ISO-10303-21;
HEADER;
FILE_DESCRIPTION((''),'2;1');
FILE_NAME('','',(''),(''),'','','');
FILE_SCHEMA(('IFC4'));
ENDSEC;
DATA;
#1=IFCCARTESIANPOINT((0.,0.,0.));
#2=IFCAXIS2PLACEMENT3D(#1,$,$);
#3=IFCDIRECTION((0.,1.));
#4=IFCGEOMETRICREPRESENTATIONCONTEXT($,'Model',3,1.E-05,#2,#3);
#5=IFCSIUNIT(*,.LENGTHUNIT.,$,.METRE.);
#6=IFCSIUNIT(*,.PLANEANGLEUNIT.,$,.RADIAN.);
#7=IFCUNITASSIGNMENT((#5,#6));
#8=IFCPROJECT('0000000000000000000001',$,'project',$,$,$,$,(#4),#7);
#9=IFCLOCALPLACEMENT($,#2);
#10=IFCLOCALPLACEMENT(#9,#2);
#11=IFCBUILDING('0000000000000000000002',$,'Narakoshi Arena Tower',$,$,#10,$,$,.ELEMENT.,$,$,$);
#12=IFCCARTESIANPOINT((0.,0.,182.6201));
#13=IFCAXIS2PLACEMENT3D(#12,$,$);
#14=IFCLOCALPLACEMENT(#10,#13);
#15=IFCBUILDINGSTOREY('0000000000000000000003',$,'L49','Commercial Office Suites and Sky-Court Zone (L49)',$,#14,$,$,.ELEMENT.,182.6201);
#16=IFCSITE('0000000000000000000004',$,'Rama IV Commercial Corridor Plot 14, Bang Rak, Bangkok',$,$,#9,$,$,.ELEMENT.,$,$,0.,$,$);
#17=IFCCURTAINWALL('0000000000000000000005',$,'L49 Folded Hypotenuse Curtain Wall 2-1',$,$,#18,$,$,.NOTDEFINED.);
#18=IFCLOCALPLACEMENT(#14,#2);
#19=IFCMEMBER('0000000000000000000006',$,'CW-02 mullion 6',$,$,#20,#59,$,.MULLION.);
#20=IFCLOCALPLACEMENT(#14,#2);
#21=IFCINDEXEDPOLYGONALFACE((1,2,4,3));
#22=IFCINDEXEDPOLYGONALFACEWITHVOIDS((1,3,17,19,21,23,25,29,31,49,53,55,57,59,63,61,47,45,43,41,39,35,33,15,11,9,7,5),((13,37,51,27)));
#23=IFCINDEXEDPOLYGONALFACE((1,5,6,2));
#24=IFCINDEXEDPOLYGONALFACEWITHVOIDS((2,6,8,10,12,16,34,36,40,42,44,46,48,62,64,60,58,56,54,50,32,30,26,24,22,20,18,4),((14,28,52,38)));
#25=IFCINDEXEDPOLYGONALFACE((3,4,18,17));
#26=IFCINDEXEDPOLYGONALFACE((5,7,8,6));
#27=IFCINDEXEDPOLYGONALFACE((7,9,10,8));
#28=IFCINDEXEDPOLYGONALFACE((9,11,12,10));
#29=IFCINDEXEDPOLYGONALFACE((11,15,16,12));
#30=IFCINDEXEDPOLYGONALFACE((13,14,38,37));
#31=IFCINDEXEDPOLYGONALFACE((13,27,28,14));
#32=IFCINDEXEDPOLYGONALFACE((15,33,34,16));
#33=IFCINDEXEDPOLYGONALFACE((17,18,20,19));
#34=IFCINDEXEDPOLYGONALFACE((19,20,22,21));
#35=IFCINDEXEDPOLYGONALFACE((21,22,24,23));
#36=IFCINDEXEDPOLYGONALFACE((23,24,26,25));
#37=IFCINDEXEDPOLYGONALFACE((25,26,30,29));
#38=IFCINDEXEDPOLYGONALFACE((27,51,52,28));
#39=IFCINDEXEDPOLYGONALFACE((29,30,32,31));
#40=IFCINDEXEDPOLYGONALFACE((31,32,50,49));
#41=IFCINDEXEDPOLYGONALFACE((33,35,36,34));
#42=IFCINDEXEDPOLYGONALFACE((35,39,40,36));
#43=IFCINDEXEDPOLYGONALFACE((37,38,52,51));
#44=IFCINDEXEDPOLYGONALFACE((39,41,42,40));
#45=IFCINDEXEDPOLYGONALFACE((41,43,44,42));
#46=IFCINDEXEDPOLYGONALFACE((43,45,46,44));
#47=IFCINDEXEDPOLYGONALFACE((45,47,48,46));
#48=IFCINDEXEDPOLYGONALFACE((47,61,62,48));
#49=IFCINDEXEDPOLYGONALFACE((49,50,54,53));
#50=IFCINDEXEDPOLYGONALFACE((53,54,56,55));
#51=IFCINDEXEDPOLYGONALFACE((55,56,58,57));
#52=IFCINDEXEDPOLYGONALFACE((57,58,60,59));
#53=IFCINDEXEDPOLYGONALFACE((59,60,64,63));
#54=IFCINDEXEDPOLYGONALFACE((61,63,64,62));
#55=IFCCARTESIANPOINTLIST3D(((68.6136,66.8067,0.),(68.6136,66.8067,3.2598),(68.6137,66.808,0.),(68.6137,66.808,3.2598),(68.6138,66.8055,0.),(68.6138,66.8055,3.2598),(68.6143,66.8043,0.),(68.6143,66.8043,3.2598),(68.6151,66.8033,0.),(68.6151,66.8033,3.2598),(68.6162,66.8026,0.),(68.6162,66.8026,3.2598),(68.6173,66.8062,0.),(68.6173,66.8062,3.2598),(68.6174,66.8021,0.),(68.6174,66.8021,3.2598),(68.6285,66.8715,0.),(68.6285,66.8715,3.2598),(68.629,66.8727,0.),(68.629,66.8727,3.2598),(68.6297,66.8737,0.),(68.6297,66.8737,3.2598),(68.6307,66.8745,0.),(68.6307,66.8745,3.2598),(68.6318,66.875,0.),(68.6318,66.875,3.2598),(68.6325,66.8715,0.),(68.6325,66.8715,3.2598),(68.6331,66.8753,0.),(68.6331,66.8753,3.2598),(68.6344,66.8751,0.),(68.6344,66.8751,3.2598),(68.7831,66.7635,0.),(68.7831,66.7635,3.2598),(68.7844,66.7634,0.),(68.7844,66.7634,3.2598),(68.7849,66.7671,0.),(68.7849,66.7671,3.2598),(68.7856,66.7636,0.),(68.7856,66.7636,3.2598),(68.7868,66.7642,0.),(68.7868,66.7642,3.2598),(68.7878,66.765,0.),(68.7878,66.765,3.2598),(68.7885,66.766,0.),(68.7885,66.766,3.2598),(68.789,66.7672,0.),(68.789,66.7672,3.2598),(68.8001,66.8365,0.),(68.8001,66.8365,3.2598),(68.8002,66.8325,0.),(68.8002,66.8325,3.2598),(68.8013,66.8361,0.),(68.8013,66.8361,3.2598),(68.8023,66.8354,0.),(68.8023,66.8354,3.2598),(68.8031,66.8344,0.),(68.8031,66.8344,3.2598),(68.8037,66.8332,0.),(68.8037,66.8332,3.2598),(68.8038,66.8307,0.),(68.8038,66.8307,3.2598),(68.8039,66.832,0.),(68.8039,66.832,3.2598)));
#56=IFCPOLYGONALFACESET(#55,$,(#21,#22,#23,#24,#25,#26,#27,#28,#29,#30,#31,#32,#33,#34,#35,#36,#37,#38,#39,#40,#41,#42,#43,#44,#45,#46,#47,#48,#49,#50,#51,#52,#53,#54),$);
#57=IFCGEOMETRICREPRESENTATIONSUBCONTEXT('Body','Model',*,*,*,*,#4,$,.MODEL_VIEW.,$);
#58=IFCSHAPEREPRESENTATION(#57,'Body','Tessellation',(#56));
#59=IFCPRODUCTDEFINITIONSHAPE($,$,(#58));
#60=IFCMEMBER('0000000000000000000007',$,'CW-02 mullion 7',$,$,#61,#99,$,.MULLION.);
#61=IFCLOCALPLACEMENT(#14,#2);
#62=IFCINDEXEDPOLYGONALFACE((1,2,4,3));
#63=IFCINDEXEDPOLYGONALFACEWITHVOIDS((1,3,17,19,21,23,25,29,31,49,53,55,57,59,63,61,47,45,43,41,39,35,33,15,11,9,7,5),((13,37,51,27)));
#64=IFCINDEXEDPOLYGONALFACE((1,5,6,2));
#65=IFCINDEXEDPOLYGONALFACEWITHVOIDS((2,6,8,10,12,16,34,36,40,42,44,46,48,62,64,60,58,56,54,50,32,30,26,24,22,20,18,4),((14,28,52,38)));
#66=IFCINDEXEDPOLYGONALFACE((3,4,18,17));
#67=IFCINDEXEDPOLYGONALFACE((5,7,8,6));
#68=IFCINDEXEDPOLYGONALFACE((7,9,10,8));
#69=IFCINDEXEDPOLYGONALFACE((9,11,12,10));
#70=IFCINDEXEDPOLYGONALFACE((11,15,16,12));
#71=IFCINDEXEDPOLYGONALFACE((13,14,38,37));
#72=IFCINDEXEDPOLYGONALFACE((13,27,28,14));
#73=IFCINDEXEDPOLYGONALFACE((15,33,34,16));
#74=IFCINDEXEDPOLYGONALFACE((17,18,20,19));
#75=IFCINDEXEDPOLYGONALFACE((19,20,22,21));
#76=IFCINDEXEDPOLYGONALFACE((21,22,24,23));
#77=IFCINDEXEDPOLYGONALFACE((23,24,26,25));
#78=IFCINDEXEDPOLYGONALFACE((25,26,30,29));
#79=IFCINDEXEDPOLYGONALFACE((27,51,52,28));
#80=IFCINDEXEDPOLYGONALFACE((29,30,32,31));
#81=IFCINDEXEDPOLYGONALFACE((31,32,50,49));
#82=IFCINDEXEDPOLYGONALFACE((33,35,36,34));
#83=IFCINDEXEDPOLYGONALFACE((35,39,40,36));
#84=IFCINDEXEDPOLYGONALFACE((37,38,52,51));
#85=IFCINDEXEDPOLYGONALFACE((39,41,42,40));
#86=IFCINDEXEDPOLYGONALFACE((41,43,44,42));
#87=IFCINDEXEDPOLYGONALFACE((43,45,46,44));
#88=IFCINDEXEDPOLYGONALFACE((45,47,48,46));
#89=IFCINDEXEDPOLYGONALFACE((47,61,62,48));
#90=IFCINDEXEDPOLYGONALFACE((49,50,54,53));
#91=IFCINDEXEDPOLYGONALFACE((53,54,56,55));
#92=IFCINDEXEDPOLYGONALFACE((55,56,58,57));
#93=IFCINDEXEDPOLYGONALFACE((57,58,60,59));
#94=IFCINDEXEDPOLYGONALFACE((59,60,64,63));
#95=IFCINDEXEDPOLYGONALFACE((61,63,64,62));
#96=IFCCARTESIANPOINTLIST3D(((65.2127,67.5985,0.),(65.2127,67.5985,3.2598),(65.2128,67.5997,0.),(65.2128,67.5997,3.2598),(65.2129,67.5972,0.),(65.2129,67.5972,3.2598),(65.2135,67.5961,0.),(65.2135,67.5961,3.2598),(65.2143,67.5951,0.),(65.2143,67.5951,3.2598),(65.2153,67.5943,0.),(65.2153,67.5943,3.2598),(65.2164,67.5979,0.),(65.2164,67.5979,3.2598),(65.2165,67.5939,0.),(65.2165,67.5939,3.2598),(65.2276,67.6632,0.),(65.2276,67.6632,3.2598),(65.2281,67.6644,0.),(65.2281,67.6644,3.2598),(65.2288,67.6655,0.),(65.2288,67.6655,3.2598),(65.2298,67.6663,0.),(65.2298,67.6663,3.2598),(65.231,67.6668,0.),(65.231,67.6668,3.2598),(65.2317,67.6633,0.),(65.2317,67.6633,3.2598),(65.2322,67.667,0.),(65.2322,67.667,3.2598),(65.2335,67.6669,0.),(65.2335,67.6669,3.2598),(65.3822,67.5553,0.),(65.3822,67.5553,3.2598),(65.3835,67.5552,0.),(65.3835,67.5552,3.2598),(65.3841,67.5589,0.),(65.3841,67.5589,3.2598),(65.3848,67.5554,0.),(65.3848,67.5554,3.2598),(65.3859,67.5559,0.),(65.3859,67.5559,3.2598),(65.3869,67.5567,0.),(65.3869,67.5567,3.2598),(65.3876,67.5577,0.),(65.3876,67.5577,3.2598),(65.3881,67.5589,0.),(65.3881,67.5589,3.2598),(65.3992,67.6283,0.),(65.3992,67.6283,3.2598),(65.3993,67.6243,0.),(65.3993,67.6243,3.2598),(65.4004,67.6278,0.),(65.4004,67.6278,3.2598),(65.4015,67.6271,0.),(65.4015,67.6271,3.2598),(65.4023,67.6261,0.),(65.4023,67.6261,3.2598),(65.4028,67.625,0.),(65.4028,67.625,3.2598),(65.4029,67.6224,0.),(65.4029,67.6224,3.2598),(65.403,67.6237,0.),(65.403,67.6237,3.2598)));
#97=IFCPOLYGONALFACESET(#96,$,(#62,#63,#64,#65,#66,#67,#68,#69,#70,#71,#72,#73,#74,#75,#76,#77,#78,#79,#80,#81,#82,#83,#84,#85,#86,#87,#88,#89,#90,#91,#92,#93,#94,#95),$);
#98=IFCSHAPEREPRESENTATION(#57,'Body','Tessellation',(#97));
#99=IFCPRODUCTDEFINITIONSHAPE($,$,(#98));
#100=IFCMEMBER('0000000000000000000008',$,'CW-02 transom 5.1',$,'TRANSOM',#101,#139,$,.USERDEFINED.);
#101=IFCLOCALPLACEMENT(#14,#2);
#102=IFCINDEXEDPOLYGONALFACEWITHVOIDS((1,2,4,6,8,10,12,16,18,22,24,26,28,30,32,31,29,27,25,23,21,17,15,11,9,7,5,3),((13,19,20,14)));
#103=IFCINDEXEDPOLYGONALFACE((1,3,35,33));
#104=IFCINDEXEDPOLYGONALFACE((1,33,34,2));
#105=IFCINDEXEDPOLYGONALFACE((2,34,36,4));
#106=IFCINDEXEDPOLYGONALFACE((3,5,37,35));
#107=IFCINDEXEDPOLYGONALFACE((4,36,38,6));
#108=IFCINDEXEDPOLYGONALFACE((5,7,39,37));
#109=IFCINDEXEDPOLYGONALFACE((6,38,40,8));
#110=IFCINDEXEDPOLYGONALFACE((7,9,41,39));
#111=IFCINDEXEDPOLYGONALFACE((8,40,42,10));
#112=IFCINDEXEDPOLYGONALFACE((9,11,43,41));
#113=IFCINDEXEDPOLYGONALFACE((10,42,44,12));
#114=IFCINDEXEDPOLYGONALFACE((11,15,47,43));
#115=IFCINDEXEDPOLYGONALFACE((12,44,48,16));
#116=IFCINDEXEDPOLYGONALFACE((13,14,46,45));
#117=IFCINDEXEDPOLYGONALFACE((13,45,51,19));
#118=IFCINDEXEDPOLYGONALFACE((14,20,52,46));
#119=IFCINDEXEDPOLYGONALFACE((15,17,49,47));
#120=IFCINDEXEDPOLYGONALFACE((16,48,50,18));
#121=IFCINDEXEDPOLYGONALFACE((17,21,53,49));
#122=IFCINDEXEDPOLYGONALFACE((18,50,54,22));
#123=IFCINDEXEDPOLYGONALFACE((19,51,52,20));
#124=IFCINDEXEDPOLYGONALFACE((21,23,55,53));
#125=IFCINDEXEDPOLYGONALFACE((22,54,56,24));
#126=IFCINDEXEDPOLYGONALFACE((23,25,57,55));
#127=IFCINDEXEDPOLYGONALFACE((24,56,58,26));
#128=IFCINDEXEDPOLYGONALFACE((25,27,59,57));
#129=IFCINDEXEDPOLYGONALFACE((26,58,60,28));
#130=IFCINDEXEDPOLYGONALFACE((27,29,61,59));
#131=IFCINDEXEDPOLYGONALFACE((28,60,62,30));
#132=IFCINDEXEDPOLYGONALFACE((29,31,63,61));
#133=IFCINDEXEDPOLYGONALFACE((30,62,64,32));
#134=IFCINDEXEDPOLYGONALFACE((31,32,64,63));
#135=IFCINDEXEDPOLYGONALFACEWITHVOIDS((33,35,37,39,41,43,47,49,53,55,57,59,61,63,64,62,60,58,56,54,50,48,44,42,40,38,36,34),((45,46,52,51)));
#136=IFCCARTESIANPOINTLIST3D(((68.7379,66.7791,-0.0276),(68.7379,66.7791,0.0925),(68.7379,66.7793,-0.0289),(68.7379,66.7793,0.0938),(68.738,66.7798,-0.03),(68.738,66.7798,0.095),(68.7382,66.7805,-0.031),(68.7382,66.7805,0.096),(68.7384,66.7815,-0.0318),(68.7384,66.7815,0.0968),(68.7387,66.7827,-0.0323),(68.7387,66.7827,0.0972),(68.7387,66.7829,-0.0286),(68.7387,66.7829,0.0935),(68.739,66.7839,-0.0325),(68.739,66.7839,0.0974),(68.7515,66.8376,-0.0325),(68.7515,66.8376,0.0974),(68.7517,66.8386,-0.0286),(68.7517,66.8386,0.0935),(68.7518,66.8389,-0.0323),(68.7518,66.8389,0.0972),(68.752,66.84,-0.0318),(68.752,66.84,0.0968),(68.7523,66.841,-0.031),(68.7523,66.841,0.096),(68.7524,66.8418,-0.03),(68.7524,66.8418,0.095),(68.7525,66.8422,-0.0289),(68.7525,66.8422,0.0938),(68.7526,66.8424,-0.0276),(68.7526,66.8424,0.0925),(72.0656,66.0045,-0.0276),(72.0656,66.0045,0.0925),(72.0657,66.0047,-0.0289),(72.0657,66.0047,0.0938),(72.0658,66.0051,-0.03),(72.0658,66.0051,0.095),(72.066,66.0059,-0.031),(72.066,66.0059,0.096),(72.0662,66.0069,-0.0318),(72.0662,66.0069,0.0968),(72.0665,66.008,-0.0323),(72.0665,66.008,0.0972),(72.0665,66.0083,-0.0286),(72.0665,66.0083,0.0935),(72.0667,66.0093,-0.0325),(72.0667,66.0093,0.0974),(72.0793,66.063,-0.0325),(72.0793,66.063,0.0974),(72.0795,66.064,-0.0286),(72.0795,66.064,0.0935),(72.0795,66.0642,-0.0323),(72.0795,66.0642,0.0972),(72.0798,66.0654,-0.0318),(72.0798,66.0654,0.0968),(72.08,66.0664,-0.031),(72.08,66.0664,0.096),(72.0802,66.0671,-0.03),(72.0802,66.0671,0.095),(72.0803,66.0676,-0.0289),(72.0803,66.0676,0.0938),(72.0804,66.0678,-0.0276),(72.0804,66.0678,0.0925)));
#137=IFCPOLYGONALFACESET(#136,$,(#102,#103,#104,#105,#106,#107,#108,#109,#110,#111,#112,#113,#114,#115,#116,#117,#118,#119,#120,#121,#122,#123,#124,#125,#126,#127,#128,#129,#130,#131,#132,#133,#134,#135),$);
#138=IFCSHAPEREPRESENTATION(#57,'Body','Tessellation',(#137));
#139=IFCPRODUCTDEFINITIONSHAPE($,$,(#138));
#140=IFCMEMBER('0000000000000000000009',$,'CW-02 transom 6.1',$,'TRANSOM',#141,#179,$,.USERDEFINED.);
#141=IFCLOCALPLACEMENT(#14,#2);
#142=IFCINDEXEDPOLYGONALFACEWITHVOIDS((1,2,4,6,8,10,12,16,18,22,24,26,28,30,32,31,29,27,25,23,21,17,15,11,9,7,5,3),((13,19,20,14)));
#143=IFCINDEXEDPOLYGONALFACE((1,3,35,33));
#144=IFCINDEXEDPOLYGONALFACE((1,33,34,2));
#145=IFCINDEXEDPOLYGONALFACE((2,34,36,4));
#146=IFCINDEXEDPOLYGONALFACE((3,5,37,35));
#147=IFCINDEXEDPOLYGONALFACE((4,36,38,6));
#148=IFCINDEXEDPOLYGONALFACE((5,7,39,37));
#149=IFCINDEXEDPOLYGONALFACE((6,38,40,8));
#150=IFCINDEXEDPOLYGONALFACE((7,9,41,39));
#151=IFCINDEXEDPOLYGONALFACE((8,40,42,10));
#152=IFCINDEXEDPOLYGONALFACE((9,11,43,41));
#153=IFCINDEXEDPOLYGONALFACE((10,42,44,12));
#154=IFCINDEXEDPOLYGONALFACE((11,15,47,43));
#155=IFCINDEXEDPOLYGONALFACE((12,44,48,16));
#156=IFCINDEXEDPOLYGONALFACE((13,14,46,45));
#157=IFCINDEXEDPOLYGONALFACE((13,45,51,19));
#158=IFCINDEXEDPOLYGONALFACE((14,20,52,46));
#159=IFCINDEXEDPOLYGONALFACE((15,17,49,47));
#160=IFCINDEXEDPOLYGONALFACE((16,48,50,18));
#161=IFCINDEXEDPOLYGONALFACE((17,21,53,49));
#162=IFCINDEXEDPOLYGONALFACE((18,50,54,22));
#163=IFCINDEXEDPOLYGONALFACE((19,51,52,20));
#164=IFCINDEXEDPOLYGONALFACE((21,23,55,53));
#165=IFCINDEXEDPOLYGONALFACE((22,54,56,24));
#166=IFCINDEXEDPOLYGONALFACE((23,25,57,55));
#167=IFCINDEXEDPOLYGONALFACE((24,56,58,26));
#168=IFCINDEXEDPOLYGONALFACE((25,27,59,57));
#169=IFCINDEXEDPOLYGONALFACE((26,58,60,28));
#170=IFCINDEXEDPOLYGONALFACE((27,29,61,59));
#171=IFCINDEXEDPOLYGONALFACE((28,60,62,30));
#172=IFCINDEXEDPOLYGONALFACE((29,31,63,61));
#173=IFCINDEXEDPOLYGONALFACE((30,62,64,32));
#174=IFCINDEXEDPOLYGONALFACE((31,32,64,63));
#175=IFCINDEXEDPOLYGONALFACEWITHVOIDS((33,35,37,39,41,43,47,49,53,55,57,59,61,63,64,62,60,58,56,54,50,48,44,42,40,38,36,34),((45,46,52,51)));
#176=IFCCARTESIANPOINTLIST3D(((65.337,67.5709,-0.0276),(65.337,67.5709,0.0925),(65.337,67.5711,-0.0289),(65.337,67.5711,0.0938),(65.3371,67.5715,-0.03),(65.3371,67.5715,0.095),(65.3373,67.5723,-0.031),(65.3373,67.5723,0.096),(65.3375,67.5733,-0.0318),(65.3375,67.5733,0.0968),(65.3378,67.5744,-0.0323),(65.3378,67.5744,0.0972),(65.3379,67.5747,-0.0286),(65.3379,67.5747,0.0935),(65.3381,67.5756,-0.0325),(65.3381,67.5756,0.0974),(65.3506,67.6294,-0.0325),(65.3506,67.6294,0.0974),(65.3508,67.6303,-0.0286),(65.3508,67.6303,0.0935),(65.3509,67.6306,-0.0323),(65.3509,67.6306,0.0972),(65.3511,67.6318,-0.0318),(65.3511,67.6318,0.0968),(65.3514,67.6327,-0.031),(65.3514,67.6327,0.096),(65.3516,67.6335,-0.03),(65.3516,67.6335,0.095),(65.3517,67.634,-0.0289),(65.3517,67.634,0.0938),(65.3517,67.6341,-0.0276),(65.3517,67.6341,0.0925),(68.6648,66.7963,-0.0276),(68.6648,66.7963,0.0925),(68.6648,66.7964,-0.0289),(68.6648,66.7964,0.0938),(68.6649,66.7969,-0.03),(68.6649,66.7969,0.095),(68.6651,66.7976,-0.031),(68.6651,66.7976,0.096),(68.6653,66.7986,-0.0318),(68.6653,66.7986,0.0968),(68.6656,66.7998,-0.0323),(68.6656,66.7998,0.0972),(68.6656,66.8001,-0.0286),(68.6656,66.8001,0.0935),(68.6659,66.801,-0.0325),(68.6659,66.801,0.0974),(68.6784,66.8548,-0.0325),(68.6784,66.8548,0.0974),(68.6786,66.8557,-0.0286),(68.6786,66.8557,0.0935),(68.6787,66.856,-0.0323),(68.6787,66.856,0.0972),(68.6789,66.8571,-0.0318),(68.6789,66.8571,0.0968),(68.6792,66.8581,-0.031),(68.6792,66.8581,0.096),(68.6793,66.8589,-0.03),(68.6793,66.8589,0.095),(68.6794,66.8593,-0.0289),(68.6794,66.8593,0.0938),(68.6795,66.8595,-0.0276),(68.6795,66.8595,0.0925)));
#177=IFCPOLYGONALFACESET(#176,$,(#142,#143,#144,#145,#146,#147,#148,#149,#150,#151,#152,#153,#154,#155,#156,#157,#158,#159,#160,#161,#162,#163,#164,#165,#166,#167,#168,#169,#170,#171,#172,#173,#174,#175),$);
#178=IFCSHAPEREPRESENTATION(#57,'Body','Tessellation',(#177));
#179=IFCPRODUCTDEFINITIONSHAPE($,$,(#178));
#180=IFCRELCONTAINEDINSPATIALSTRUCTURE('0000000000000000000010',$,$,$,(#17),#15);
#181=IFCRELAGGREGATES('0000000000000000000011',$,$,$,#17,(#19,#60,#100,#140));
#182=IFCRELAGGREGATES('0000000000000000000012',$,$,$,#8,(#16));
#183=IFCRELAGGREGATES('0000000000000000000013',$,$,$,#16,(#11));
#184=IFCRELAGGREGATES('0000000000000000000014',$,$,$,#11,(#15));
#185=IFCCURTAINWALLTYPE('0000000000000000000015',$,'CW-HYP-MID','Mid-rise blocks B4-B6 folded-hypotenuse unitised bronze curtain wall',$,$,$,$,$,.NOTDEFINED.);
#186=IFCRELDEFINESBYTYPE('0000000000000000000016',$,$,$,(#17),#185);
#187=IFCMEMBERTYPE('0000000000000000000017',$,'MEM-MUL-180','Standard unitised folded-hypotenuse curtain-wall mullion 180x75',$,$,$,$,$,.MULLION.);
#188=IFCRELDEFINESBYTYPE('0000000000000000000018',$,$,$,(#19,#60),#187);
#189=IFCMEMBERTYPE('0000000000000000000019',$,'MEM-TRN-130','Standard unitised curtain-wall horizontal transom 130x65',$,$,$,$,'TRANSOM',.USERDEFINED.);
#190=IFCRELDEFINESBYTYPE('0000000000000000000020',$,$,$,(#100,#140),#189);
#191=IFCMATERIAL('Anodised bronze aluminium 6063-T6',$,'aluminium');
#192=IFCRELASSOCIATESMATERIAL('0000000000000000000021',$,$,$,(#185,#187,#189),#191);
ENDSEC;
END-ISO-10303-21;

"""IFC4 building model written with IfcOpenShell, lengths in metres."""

from ifc_helpers import new_model, si_unit, direction, frame, origin, origin_2d, place, context, subcontext, project, spatial, hollow_rectangle, extrude, material, material_profile, profile_set, type_object, element, aggregate, save


model = new_model("IFC4")

# Units and contexts
model_context = context("Model", 3, precision=1e-05, world=origin(), true_north=direction((0.0, 1.0)))
body_context = subcontext(model_context, "Body", "Model", "MODEL_VIEW")
ifc_project = project(units=[si_unit("LENGTHUNIT", "METRE"), si_unit("PLANEANGLEUNIT", "RADIAN")], contexts=[model_context])

# Site, building, storey
site_placement = place(None, origin())
site = spatial("IfcSite", under=ifc_project, at=site_placement, Name="Rama IV Commercial Corridor Plot 14, Bang Rak, Bangkok", CompositionType="ELEMENT", RefElevation=0.0)
building_placement = place(site_placement, origin())
building = spatial("IfcBuilding", under=site, at=building_placement, Name="Narakoshi Arena Tower", CompositionType="ELEMENT")
storey_placement = place(building_placement, frame((0.0, 0.0, 182.6201)))
storey = spatial("IfcBuildingStorey", under=building, at=storey_placement, Name="L49", Description="Commercial Office Suites and Sky-Court Zone (L49)", CompositionType="ELEMENT", Elevation=182.6201)

# Curtain wall, members
ifc_material_1 = material(Name="Anodised bronze aluminium 6063-T6", Category="aluminium")
curtain_wall_type = type_object("IfcCurtainWallType", Name="CW-HYP-MID", Description="Mid-rise blocks B4-B6 folded-hypotenuse unitised bronze curtain wall", PredefinedType="NOTDEFINED", material=ifc_material_1)
curtain_wall_placement = place(storey_placement, origin())
curtain_wall = element("IfcCurtainWall", 1, at=curtain_wall_placement, inside=storey, type_object=curtain_wall_type, Name="L49 Folded Hypotenuse Curtain Wall 2-1", PredefinedType="NOTDEFINED")
ifc_material_profile_1 = material_profile(ifc_material_1, hollow_rectangle(XDim=0.075, YDim=0.1799, WallThickness=0.0039, OuterFilletRadius=0.0049, at=origin_2d()), Name="MUL180x75x4")
ifc_profile_set_1 = profile_set([ifc_material_profile_1], Name="Anodised bronze aluminium 6063-T6")
member_type_1 = type_object("IfcMemberType", Name="MEM-MUL-180", Description="Standard unitised folded-hypotenuse curtain-wall mullion 180x75", PredefinedType="MULLION", material=ifc_profile_set_1)
member_1_placement = place(storey_placement, frame((68.7087, 66.8193, 0.0), z_axis=(0.0, 0.0, 1.0), x_axis=(-0.226721, -0.97396, 0.0)))
member_1 = element("IfcMember", 2, at=member_1_placement, type_object=member_type_1, Name="CW-02 mullion 6", PredefinedType="MULLION", context=body_context, shape_type="SweptSolid", body=[
    extrude(hollow_rectangle(XDim=0.075, YDim=0.1799, WallThickness=0.0039, OuterFilletRadius=0.0049, at=origin_2d()), origin(), (0.0, 0.0, 1.0), 3.2598),
])
member_2_placement = place(storey_placement, frame((65.3079, 67.6111, 0.0), z_axis=(0.0, 0.0, 1.0), x_axis=(-0.226721, -0.97396, 0.0)))
member_2 = element("IfcMember", 3, at=member_2_placement, type_object=member_type_1, Name="CW-02 mullion 7", PredefinedType="MULLION", context=body_context, shape_type="SweptSolid", body=[
    extrude(hollow_rectangle(XDim=0.075, YDim=0.1799, WallThickness=0.0039, OuterFilletRadius=0.0049, at=origin_2d()), origin(), (0.0, 0.0, 1.0), 3.2598),
])
ifc_material_profile_2 = material_profile(ifc_material_1, hollow_rectangle(XDim=0.0649, YDim=0.1299, WallThickness=0.0039, OuterFilletRadius=0.0049, at=origin_2d()), Name="TRN130x65x4")
ifc_profile_set_2 = profile_set([ifc_material_profile_2], Name="Anodised bronze aluminium 6063-T6")
member_type_2 = type_object("IfcMemberType", Name="MEM-TRN-130", Description="Standard unitised curtain-wall horizontal transom 130x65", ElementType="TRANSOM", PredefinedType="USERDEFINED", material=ifc_profile_set_2)
member_3_placement = place(storey_placement, frame((72.073, 66.0361, 0.0325), z_axis=(-0.973961, 0.226717, 0.0), x_axis=(-0.226717, -0.973961, 0.0)))
member_3 = element("IfcMember", 4, at=member_3_placement, type_object=member_type_2, Name="CW-02 transom 5.1", ObjectType="TRANSOM", PredefinedType="USERDEFINED", context=body_context, shape_type="SweptSolid", body=[
    extrude(hollow_rectangle(XDim=0.0649, YDim=0.1299, WallThickness=0.0039, OuterFilletRadius=0.0049, at=origin_2d()), origin(), (0.0, 0.0, 1.0), 3.4167),
])
member_4_placement = place(storey_placement, frame((68.6721, 66.8279, 0.0325), z_axis=(-0.973961, 0.226717, 0.0), x_axis=(-0.226717, -0.973961, 0.0)))
member_4 = element("IfcMember", 5, at=member_4_placement, type_object=member_type_2, Name="CW-02 transom 6.1", ObjectType="TRANSOM", PredefinedType="USERDEFINED", context=body_context, shape_type="SweptSolid", body=[
    extrude(hollow_rectangle(XDim=0.0649, YDim=0.1299, WallThickness=0.0039, OuterFilletRadius=0.0049, at=origin_2d()), origin(), (0.0, 0.0, 1.0), 3.4167),
])
aggregate(curtain_wall, [member_1, member_2, member_3, member_4])

save(model, "model.ifc")
